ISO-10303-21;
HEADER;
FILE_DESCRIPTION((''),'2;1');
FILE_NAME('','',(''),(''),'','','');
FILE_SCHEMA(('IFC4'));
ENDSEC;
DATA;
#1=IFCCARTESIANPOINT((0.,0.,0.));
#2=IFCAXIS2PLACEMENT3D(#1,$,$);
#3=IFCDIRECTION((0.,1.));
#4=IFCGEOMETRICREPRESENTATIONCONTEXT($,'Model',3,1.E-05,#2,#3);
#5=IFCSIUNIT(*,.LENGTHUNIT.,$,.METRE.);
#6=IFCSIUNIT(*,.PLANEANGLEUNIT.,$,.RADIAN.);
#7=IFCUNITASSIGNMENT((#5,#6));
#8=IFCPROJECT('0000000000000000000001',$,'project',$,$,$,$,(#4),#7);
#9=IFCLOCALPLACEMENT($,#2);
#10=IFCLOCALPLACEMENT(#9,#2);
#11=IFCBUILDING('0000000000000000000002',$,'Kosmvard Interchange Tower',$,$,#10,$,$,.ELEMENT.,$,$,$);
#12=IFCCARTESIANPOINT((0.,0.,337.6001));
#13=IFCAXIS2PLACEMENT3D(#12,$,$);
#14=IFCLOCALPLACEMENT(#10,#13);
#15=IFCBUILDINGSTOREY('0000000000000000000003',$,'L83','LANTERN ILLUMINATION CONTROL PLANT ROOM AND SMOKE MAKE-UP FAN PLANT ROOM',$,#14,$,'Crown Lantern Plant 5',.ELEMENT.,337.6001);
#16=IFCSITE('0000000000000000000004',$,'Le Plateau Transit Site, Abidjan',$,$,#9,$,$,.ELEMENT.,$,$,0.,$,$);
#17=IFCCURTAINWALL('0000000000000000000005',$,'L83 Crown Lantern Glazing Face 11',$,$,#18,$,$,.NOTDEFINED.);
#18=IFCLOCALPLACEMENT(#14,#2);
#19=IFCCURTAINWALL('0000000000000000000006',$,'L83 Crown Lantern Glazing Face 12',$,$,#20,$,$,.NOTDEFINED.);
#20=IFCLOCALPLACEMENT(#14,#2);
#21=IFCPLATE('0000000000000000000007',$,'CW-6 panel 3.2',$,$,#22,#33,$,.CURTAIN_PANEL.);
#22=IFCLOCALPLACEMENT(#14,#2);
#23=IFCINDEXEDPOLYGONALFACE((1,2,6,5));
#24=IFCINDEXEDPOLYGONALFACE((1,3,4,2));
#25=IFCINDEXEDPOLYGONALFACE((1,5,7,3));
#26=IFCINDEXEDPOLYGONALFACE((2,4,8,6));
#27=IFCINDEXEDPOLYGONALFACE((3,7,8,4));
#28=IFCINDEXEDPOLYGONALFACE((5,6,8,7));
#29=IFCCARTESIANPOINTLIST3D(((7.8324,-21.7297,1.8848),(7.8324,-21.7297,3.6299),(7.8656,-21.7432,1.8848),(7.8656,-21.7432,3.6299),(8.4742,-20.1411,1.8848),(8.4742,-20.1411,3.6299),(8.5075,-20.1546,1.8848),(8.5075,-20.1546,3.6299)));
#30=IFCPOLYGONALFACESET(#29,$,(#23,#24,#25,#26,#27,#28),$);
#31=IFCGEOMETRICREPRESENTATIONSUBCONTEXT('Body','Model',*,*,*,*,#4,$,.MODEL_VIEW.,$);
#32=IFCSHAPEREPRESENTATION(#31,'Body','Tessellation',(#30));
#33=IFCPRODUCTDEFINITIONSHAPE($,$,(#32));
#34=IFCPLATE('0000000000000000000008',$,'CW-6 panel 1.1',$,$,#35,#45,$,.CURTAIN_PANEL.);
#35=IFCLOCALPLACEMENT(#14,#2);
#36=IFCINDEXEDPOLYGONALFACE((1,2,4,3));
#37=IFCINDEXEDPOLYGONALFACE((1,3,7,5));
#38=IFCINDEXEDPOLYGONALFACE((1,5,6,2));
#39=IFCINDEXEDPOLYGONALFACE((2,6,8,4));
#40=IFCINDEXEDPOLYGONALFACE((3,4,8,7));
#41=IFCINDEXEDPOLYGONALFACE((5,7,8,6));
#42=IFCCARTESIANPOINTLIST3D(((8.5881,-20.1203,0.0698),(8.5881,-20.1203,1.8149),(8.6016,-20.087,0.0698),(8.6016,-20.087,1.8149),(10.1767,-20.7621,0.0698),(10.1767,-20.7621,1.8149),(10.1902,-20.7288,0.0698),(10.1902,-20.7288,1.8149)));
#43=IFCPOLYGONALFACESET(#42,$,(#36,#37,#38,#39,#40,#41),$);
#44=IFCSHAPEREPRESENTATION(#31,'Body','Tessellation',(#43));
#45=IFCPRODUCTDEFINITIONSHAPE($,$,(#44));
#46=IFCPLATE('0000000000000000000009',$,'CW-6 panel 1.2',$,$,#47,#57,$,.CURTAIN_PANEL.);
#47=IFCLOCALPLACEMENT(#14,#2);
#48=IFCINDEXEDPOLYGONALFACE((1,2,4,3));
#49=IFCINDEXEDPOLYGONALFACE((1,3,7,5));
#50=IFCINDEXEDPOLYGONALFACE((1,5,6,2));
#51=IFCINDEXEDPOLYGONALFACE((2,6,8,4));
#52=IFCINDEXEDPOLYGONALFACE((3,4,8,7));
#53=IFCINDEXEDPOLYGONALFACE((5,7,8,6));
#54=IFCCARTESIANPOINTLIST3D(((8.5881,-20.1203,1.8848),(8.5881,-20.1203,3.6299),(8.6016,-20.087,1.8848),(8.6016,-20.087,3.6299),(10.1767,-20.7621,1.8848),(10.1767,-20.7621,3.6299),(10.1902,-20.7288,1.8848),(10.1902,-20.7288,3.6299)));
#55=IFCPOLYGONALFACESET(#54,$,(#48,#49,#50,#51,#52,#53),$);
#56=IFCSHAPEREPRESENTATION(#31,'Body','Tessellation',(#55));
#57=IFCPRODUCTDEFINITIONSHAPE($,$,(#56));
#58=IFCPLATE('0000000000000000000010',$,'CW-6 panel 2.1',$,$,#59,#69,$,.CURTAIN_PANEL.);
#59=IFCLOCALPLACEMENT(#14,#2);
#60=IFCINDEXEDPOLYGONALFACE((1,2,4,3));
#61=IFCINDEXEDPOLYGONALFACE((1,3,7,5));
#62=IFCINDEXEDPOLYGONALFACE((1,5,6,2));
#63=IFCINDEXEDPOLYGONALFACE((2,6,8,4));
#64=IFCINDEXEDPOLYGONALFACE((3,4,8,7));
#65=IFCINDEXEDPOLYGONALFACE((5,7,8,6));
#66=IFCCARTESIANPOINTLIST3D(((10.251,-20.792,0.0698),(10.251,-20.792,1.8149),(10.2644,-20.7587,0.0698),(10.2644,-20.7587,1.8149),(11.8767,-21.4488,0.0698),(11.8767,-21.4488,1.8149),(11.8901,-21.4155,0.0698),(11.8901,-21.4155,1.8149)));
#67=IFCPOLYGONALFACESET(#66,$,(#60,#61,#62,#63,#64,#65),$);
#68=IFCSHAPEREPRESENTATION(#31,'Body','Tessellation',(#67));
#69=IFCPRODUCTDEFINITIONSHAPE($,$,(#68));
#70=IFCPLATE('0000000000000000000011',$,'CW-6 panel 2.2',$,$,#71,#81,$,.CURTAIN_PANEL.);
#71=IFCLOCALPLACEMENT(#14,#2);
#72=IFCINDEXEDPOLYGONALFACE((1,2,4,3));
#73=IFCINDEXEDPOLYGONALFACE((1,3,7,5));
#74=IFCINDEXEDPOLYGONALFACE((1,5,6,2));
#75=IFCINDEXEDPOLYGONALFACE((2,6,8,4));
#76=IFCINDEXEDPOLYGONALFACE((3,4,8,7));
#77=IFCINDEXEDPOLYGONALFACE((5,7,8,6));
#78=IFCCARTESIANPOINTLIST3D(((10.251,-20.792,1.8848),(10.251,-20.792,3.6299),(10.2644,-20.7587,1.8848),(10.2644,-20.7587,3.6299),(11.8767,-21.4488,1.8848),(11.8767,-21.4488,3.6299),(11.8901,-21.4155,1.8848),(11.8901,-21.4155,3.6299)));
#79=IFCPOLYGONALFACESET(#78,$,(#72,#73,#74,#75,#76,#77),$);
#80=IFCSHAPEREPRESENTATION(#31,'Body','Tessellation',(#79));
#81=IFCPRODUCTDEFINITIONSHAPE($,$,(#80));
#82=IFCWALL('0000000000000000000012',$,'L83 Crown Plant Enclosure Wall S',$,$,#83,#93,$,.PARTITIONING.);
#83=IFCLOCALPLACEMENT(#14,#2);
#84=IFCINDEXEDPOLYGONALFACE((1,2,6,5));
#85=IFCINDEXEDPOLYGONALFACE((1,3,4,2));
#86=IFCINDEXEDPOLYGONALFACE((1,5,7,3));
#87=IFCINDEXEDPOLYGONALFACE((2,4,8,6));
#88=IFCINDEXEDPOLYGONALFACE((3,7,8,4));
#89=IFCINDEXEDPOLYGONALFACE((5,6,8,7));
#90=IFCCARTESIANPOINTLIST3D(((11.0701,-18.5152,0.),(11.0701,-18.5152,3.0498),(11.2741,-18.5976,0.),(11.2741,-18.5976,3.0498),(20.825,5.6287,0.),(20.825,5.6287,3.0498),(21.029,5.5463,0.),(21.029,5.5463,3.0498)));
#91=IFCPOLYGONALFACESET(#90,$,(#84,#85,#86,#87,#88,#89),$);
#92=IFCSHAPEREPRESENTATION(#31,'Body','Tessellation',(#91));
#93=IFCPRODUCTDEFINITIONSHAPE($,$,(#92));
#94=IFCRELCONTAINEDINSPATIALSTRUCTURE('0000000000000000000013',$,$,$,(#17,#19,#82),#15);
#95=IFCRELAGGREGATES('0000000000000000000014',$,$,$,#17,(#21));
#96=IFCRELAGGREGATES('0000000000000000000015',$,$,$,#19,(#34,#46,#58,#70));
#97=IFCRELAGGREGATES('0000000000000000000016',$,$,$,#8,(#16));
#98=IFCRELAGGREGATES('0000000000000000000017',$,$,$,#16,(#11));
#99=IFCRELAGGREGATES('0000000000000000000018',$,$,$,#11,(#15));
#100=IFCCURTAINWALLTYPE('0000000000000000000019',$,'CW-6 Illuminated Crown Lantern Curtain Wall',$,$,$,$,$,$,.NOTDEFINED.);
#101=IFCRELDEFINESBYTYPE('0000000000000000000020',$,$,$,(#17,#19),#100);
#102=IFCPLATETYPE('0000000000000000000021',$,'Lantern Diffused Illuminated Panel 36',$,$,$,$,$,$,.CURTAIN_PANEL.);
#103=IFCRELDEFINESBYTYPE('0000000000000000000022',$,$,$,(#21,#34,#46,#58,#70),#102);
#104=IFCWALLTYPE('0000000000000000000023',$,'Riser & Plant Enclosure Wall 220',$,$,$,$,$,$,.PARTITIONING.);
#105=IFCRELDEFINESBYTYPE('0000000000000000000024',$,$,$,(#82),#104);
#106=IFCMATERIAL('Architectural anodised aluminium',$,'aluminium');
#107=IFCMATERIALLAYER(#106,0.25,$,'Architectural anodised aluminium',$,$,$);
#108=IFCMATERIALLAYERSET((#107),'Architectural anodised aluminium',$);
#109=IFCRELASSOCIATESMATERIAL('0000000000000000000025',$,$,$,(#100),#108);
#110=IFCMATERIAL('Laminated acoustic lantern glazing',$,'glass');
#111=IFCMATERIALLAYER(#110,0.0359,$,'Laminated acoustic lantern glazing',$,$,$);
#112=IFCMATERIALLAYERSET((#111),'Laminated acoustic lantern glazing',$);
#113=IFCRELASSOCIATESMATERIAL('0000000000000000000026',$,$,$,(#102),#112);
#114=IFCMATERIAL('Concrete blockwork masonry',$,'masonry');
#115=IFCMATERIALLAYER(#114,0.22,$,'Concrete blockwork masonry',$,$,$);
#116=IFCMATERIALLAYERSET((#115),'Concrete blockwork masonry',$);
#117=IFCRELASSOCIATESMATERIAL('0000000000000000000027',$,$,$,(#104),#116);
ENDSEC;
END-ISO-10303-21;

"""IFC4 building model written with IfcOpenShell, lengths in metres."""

from ifc_helpers import new_model, si_unit, direction, frame, frame_2d, origin, origin_2d, place, context, subcontext, project, spatial, rectangle, extrude, source, transform, mapped, material, layer, layer_set, type_object, element, aggregate, save


model = new_model("IFC4")

# Units and contexts
model_context = context("Model", 3, precision=1e-05, world=origin(), true_north=direction((0.0, 1.0)))
body_context = subcontext(model_context, "Body", "Model", "MODEL_VIEW")
ifc_project = project(units=[si_unit("LENGTHUNIT", "METRE"), si_unit("PLANEANGLEUNIT", "RADIAN")], contexts=[model_context])

# Site, building, storey
site_placement = place(None, origin())
site = spatial("IfcSite", under=ifc_project, at=site_placement, Name="Le Plateau Transit Site, Abidjan", CompositionType="ELEMENT", RefElevation=0.0)
building_placement = place(site_placement, origin())
building = spatial("IfcBuilding", under=site, at=building_placement, Name="Kosmvard Interchange Tower", CompositionType="ELEMENT")
storey_placement = place(building_placement, frame((0.0, 0.0, 337.6001)))
storey = spatial("IfcBuildingStorey", under=building, at=storey_placement, Name="L83", Description="LANTERN ILLUMINATION CONTROL PLANT ROOM AND SMOKE MAKE-UP FAN PLANT ROOM", LongName="Crown Lantern Plant 5", CompositionType="ELEMENT", Elevation=337.6001)

# Curtain wall
ifc_material_1 = material(Name="Architectural anodised aluminium", Category="aluminium")
ifc_layer_1 = layer(ifc_material_1, 0.25, Name="Architectural anodised aluminium")
ifc_layer_set_1 = layer_set([ifc_layer_1], Name="Architectural anodised aluminium")
curtain_wall_type = type_object("IfcCurtainWallType", Name="CW-6 Illuminated Crown Lantern Curtain Wall", PredefinedType="NOTDEFINED", material=ifc_layer_set_1)
curtain_wall_1_placement = place(storey_placement, origin())
curtain_wall_1 = element("IfcCurtainWall", 1, at=curtain_wall_1_placement, inside=storey, type_object=curtain_wall_type, Name="L83 Crown Lantern Glazing Face 11", PredefinedType="NOTDEFINED")

# Curtain wall
curtain_wall_2_placement = place(storey_placement, origin())
curtain_wall_2 = element("IfcCurtainWall", 2, at=curtain_wall_2_placement, inside=storey, type_object=curtain_wall_type, Name="L83 Crown Lantern Glazing Face 12", PredefinedType="NOTDEFINED")

# Plates
ifc_material_2 = material(Name="Laminated acoustic lantern glazing", Category="glass")
ifc_layer_2 = layer(ifc_material_2, 0.0359, Name="Laminated acoustic lantern glazing")
ifc_layer_set_2 = layer_set([ifc_layer_2], Name="Laminated acoustic lantern glazing")
plate_type = type_object("IfcPlateType", Name="Lantern Diffused Illuminated Panel 36", PredefinedType="CURTAIN_PANEL", material=ifc_layer_set_2)
shared_shape_1 = source(origin(), body_context, "Body", "SweptSolid", [
    extrude(rectangle(XDim=1.7134, YDim=0.0359, at=origin_2d()), origin(), (0.0, 0.0, 1.0), 1.7451),
])
plate_1_placement = place(storey_placement, frame((8.1699, -20.9421, 1.8848), z_axis=(0.0, 0.0, 1.0), x_axis=(0.374607, 0.927184, 0.0)))
plate_1 = element("IfcPlate", 3, at=plate_1_placement, type_object=plate_type, Name="CW-6 panel 3.2", PredefinedType="CURTAIN_PANEL", context=body_context, shape_type="MappedRepresentation", body=[
    mapped(shared_shape_1, transform((0.0, 0.0, 0.0), scale=1.0)),
])
aggregate(curtain_wall_1, [plate_1])
plate_2_placement = place(storey_placement, frame((9.3892, -20.4246, 0.0698), z_axis=(0.0, 0.0, 1.0), x_axis=(0.927184, -0.374607, 0.0)))
plate_2 = element("IfcPlate", 4, at=plate_2_placement, type_object=plate_type, Name="CW-6 panel 1.1", PredefinedType="CURTAIN_PANEL", context=body_context, shape_type="MappedRepresentation", body=[
    mapped(shared_shape_1, transform((0.0, 0.0, 0.0), scale=1.0)),
])
plate_3_placement = place(storey_placement, frame((9.3892, -20.4246, 1.8848), z_axis=(0.0, 0.0, 1.0), x_axis=(0.927184, -0.374607, 0.0)))
plate_3 = element("IfcPlate", 5, at=plate_3_placement, type_object=plate_type, Name="CW-6 panel 1.2", PredefinedType="CURTAIN_PANEL", context=body_context, shape_type="MappedRepresentation", body=[
    mapped(shared_shape_1, transform((0.0, 0.0, 0.0), scale=1.0)),
])
shared_shape_2 = source(origin(), body_context, "Body", "SweptSolid", [
    extrude(rectangle(XDim=1.7534, YDim=0.0359, at=origin_2d()), origin(), (0.0, 0.0, 1.0), 1.7451),
])
plate_4_placement = place(storey_placement, frame((11.0706, -21.1038, 0.0698), z_axis=(0.0, 0.0, 1.0), x_axis=(0.927184, -0.374607, 0.0)))
plate_4 = element("IfcPlate", 6, at=plate_4_placement, type_object=plate_type, Name="CW-6 panel 2.1", PredefinedType="CURTAIN_PANEL", context=body_context, shape_type="MappedRepresentation", body=[
    mapped(shared_shape_2, transform((0.0, 0.0, 0.0), scale=1.0)),
])
plate_5_placement = place(storey_placement, frame((11.0706, -21.1038, 1.8848), z_axis=(0.0, 0.0, 1.0), x_axis=(0.927184, -0.374607, 0.0)))
plate_5 = element("IfcPlate", 7, at=plate_5_placement, type_object=plate_type, Name="CW-6 panel 2.2", PredefinedType="CURTAIN_PANEL", context=body_context, shape_type="MappedRepresentation", body=[
    mapped(shared_shape_2, transform((0.0, 0.0, 0.0), scale=1.0)),
])
aggregate(curtain_wall_2, [plate_2, plate_3, plate_4, plate_5])

# Wall
ifc_material_3 = material(Name="Concrete blockwork masonry", Category="masonry")
ifc_layer_3 = layer(ifc_material_3, 0.22, Name="Concrete blockwork masonry")
ifc_layer_set_3 = layer_set([ifc_layer_3], Name="Concrete blockwork masonry")
wall_type = type_object("IfcWallType", Name="Riser & Plant Enclosure Wall 220", PredefinedType="PARTITIONING", material=ifc_layer_set_3)
wall_placement = place(storey_placement, frame((11.1721, -18.5564, 0.0), z_axis=(0.0, 0.0, 1.0), x_axis=(0.374612, 0.927182, 0.0)))
element("IfcWall", 8, at=wall_placement, inside=storey, type_object=wall_type, Name="L83 Crown Plant Enclosure Wall S", PredefinedType="PARTITIONING", context=body_context, shape_type="SweptSolid", body=[
    extrude(rectangle(XDim=26.04, YDim=0.22, at=frame_2d((13.02, 0.0))), origin(), (0.0, 0.0, 1.0), 3.0498),
])

save(model, "model.ifc")
